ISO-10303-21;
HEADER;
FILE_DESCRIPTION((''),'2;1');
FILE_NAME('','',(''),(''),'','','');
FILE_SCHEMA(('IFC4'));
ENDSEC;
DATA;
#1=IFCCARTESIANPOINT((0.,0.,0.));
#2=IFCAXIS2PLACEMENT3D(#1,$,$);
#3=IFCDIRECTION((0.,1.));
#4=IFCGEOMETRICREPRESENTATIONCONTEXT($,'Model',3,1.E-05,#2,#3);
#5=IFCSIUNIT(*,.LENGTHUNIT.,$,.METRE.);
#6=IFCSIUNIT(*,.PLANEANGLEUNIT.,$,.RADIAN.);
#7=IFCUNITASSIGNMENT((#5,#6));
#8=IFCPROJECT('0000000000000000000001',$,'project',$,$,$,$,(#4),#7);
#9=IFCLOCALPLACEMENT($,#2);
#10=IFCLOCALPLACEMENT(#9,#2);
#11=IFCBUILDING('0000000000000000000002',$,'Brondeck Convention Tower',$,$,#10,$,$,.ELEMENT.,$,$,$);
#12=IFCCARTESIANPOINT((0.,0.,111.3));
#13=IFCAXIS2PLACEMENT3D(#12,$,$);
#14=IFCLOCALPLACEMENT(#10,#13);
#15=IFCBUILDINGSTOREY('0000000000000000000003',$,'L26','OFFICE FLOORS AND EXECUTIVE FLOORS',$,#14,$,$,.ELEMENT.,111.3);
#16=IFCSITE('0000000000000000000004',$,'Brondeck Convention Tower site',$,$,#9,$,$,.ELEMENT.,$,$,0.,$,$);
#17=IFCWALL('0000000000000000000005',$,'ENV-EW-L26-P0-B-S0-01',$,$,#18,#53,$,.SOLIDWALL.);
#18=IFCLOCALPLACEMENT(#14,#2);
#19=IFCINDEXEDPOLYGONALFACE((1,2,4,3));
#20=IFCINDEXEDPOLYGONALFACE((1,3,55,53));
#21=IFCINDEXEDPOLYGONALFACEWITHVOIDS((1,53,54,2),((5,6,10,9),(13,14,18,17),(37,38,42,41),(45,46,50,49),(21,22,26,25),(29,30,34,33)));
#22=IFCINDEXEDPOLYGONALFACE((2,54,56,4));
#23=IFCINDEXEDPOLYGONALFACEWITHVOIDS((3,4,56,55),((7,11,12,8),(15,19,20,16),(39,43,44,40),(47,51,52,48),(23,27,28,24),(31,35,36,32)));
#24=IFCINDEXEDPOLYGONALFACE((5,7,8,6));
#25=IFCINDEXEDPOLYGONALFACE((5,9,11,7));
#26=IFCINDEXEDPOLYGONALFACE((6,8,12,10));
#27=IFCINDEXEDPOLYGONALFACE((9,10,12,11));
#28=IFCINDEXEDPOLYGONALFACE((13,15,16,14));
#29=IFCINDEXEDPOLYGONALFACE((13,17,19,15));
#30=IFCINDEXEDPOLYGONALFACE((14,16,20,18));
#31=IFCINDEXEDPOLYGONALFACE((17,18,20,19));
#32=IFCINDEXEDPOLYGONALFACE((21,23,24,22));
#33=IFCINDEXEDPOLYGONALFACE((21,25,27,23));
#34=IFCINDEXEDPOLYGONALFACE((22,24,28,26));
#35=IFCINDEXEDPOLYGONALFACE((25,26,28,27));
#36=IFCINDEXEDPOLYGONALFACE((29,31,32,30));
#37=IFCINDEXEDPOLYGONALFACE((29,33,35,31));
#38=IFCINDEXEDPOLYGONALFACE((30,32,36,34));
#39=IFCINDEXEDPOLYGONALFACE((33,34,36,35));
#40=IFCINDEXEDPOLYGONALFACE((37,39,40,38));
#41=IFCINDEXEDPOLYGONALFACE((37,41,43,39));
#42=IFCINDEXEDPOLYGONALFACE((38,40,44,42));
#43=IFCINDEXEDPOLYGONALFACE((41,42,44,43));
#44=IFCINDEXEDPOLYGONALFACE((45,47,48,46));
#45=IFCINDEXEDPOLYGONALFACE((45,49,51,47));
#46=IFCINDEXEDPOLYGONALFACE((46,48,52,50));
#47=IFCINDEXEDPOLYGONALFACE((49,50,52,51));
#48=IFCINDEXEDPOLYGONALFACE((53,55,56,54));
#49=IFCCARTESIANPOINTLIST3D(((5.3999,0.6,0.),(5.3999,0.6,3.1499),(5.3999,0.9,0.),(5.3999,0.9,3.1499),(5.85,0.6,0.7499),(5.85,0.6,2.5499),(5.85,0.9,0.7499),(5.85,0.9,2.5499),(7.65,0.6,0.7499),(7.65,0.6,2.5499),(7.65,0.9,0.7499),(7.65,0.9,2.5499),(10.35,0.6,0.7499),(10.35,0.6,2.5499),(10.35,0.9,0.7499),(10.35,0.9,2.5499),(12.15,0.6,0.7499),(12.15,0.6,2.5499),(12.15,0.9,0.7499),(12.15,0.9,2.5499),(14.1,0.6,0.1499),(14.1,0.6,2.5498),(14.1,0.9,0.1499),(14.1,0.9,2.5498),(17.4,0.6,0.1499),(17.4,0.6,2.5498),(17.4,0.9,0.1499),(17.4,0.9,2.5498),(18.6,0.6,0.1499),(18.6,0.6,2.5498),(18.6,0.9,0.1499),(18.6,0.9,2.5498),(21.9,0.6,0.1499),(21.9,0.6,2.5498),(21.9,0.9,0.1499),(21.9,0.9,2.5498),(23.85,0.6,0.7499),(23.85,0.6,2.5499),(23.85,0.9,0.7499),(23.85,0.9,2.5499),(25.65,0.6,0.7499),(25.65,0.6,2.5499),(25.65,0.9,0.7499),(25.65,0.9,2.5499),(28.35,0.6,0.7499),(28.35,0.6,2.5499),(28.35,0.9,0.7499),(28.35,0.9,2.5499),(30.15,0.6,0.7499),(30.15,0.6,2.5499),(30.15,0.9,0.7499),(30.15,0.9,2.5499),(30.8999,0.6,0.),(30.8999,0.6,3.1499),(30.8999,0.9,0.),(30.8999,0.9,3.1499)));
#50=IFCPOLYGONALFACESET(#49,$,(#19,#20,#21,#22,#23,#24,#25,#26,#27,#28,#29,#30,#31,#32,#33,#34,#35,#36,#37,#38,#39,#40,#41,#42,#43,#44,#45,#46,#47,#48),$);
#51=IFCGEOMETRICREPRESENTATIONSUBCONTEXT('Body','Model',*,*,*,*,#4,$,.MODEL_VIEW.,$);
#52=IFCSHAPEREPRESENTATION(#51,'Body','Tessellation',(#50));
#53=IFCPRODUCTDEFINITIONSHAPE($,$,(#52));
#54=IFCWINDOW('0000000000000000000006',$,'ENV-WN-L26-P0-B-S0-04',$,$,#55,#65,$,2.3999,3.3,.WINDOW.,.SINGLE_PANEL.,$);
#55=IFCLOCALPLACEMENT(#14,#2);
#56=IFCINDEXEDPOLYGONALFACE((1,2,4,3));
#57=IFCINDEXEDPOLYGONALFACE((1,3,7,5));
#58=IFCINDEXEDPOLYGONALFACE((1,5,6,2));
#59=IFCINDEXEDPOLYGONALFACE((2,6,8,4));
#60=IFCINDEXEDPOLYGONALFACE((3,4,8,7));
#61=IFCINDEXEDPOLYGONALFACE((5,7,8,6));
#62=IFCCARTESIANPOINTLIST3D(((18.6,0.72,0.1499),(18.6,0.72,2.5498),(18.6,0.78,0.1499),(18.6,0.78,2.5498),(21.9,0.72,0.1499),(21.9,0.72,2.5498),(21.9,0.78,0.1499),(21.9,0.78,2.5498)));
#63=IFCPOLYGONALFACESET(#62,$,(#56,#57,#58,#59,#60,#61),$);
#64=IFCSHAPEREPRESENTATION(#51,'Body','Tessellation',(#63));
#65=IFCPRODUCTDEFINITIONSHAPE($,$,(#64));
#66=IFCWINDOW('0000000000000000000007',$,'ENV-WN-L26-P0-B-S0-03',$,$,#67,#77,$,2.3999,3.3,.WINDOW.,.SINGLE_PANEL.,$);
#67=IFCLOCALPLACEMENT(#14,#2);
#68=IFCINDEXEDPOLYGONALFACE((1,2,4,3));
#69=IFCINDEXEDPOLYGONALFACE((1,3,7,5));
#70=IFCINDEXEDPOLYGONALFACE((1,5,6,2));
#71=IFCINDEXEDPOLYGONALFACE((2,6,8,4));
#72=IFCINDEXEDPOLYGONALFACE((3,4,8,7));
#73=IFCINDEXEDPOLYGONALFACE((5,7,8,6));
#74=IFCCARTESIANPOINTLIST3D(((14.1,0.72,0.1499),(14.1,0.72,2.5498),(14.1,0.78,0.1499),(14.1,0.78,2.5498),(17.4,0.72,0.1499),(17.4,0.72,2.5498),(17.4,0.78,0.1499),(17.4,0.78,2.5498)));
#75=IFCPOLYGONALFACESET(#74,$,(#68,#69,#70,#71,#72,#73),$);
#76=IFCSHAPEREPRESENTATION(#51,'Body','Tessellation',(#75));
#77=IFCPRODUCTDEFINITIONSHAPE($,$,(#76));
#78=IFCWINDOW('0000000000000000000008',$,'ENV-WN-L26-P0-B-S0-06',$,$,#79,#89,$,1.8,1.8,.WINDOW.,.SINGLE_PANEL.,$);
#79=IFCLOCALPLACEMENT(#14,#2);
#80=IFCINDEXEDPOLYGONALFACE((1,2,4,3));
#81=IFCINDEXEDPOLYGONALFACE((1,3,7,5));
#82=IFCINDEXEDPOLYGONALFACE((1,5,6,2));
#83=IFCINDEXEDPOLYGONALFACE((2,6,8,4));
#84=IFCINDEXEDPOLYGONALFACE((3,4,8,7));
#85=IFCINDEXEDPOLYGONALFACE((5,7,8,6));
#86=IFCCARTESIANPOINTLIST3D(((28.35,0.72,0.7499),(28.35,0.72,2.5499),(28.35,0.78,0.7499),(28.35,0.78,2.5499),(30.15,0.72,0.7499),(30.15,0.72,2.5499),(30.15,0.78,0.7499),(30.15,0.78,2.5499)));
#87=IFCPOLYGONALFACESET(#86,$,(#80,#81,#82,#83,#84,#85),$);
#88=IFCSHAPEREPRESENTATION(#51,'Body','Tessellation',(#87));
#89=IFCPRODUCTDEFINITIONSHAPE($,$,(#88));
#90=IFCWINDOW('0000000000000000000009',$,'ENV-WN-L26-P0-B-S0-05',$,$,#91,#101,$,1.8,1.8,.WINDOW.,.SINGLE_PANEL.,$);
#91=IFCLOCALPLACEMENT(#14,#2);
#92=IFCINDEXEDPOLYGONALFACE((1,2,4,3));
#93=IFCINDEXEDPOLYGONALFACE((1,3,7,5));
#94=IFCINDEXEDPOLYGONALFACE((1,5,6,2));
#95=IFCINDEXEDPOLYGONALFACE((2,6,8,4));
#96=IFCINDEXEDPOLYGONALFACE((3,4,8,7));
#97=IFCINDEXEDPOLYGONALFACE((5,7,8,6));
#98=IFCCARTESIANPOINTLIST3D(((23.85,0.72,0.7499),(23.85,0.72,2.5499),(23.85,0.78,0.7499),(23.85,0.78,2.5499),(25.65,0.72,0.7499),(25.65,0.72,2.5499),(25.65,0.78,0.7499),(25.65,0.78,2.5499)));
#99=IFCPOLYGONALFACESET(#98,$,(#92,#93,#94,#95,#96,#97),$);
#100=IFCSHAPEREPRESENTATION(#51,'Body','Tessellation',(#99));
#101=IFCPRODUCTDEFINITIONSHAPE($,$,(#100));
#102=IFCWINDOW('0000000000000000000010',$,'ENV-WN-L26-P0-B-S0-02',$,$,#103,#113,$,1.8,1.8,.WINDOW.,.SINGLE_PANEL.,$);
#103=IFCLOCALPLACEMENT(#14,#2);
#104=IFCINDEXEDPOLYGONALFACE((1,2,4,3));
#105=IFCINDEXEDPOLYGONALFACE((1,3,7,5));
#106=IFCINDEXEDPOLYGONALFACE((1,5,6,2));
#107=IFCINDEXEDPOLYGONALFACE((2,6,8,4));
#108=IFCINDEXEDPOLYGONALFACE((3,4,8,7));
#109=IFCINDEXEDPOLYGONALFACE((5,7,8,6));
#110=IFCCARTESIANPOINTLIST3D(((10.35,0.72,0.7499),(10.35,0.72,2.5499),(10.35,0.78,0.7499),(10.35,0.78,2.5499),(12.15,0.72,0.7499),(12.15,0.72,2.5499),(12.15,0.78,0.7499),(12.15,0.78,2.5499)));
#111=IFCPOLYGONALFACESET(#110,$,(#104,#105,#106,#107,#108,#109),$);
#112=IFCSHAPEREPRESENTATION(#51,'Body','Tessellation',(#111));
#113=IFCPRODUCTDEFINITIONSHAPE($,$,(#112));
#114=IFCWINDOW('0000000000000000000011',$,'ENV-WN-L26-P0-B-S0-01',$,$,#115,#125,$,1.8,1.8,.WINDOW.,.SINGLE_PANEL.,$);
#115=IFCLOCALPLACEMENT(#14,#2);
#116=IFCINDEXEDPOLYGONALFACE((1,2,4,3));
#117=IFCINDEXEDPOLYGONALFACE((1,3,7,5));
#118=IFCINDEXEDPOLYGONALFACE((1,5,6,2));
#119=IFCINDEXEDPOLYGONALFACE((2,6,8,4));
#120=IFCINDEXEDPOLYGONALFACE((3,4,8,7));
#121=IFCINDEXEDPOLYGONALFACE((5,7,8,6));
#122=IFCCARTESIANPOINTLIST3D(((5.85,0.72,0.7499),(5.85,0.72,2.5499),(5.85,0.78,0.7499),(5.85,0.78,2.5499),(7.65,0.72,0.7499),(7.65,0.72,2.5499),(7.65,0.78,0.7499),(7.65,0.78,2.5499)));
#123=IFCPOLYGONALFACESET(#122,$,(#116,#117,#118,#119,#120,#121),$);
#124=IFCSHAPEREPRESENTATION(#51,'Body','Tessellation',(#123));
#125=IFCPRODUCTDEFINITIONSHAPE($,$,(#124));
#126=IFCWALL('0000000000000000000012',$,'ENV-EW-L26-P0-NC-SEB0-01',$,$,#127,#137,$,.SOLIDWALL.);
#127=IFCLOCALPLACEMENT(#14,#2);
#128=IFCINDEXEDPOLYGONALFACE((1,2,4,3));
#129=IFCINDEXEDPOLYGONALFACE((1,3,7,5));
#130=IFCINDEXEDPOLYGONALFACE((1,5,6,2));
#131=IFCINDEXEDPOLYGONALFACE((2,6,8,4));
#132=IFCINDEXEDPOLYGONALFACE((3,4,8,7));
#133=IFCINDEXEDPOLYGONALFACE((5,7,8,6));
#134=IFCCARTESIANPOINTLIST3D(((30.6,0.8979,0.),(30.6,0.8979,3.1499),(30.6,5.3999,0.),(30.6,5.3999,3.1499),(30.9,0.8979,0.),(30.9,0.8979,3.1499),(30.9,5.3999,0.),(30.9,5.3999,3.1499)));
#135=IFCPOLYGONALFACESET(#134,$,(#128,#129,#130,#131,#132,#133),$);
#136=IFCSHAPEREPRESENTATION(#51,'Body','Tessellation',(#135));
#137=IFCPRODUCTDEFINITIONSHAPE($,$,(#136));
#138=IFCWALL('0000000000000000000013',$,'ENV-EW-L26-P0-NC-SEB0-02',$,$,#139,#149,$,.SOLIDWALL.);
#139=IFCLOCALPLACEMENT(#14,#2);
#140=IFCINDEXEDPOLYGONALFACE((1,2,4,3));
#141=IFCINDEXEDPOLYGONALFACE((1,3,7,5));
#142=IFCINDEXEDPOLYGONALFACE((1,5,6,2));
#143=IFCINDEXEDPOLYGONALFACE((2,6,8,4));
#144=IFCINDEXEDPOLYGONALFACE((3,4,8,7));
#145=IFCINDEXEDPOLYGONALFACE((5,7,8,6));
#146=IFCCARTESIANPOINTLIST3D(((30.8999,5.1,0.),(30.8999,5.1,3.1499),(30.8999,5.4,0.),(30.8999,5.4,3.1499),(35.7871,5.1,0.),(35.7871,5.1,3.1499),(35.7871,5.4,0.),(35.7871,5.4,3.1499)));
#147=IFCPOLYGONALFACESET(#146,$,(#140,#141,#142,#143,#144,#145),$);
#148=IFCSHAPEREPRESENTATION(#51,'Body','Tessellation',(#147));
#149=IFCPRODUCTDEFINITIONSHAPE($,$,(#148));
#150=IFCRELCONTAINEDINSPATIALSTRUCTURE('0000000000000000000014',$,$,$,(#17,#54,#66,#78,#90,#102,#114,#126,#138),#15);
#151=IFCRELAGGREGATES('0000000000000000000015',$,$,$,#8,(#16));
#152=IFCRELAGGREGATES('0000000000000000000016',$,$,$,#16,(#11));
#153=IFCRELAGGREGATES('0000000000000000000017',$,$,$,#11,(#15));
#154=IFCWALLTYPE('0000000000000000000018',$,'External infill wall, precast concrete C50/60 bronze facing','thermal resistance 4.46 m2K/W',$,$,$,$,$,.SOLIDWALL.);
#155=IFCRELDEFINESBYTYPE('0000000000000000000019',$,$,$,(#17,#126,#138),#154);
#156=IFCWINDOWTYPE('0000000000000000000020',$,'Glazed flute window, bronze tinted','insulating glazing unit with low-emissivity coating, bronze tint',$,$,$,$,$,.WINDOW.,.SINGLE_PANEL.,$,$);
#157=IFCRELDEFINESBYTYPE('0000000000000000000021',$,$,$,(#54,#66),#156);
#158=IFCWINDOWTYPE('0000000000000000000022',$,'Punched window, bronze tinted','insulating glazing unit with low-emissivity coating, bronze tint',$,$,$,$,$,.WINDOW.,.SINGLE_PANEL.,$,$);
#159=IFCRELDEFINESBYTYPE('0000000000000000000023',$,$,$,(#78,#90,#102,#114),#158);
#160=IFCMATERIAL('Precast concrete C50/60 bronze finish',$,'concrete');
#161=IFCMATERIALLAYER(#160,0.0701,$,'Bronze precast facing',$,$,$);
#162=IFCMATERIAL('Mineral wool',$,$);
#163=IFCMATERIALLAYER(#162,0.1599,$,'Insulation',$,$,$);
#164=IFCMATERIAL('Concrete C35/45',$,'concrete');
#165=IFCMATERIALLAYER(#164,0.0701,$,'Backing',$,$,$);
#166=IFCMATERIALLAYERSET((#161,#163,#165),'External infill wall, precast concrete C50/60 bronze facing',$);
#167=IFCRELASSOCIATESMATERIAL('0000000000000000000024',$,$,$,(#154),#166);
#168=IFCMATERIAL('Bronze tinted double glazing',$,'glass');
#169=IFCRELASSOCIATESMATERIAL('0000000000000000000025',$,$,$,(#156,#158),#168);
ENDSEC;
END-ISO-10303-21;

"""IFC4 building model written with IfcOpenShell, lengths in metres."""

from ifc_helpers import new_model, si_unit, direction, frame, frame_2d, origin, place, context, subcontext, project, spatial, rectangle, extrude, material, layer, layer_set, type_object, element, fill, save


model = new_model("IFC4")

# Units and contexts
model_context = context("Model", 3, precision=1e-05, world=origin(), true_north=direction((0.0, 1.0)))
body_context = subcontext(model_context, "Body", "Model", "MODEL_VIEW")
ifc_project = project(units=[si_unit("LENGTHUNIT", "METRE"), si_unit("PLANEANGLEUNIT", "RADIAN")], contexts=[model_context])

# Site, building, storey
site_placement = place(None, origin())
site = spatial("IfcSite", under=ifc_project, at=site_placement, Name="Brondeck Convention Tower site", CompositionType="ELEMENT", RefElevation=0.0)
building_placement = place(site_placement, origin())
building = spatial("IfcBuilding", under=site, at=building_placement, Name="Brondeck Convention Tower", CompositionType="ELEMENT")
storey_placement = place(building_placement, frame((0.0, 0.0, 111.3)))
storey = spatial("IfcBuildingStorey", under=building, at=storey_placement, Name="L26", Description="OFFICE FLOORS AND EXECUTIVE FLOORS", CompositionType="ELEMENT", Elevation=111.3)

# Wall, openings, windows
ifc_material_1 = material(Name="Precast concrete C50/60 bronze finish", Category="concrete")
ifc_layer_1 = layer(ifc_material_1, 0.0701, Name="Bronze precast facing")
ifc_material_2 = material(Name="Mineral wool")
ifc_layer_2 = layer(ifc_material_2, 0.1599, Name="Insulation")
ifc_material_3 = material(Name="Concrete C35/45", Category="concrete")
ifc_layer_3 = layer(ifc_material_3, 0.0701, Name="Backing")
ifc_layer_set = layer_set([ifc_layer_1, ifc_layer_2, ifc_layer_3], Name="External infill wall, precast concrete C50/60 bronze facing")
wall_type = type_object("IfcWallType", Name="External infill wall, precast concrete C50/60 bronze facing", Description="thermal resistance 4.46 m2K/W", PredefinedType="SOLIDWALL", material=ifc_layer_set)
wall_1_placement = place(storey_placement, frame((30.8999, 0.75, 0.0), z_axis=(0.0, 0.0, 1.0), x_axis=(-1.0, 0.0, 0.0)))
wall_1 = element("IfcWall", 1, at=wall_1_placement, inside=storey, type_object=wall_type, Name="ENV-EW-L26-P0-B-S0-01", PredefinedType="SOLIDWALL", context=body_context, shape_type="SweptSolid", body=[
    extrude(rectangle(XDim=25.5, YDim=0.3, at=frame_2d((12.75, 0.0))), origin(), (0.0, 0.0, 1.0), 3.1499),
])
opening_1_placement = place(wall_1_placement, frame((0.75, 0.0, 0.75)))
opening_1 = element("IfcOpeningElement", 2, at=opening_1_placement, cuts=wall_1, PredefinedType="OPENING", context=body_context, shape_type="SweptSolid", body=[
    extrude(rectangle(XDim=1.8, YDim=1.8, at=frame_2d((0.8999, 0.8999))), frame((0.0, 0.1599, 0.0), z_axis=(0.0, -1.0, 0.0), x_axis=(1.0, 0.0, 0.0)), (0.0, 0.0, 1.0), 0.3201),
])
opening_2_placement = place(wall_1_placement, frame((5.25, 0.0, 0.75)))
opening_2 = element("IfcOpeningElement", 3, at=opening_2_placement, cuts=wall_1, PredefinedType="OPENING", context=body_context, shape_type="SweptSolid", body=[
    extrude(rectangle(XDim=1.8, YDim=1.8, at=frame_2d((0.8999, 0.8999))), frame((0.0, 0.1599, 0.0), z_axis=(0.0, -1.0, 0.0), x_axis=(1.0, 0.0, 0.0)), (0.0, 0.0, 1.0), 0.3201),
])
opening_3_placement = place(wall_1_placement, frame((9.0, 0.0, 0.1499)))
opening_3 = element("IfcOpeningElement", 4, at=opening_3_placement, cuts=wall_1, PredefinedType="OPENING", context=body_context, shape_type="SweptSolid", body=[
    extrude(rectangle(XDim=3.3, YDim=2.3999, at=frame_2d((1.6499, 1.2))), frame((0.0, 0.1599, 0.0), z_axis=(0.0, -1.0, 0.0), x_axis=(1.0, 0.0, 0.0)), (0.0, 0.0, 1.0), 0.3201),
])
opening_4_placement = place(wall_1_placement, frame((13.5, 0.0, 0.1499)))
opening_4 = element("IfcOpeningElement", 5, at=opening_4_placement, cuts=wall_1, PredefinedType="OPENING", context=body_context, shape_type="SweptSolid", body=[
    extrude(rectangle(XDim=3.3, YDim=2.3999, at=frame_2d((1.6499, 1.2))), frame((0.0, 0.1599, 0.0), z_axis=(0.0, -1.0, 0.0), x_axis=(1.0, 0.0, 0.0)), (0.0, 0.0, 1.0), 0.3201),
])
opening_5_placement = place(wall_1_placement, frame((18.75, 0.0, 0.75)))
opening_5 = element("IfcOpeningElement", 6, at=opening_5_placement, cuts=wall_1, PredefinedType="OPENING", context=body_context, shape_type="SweptSolid", body=[
    extrude(rectangle(XDim=1.8, YDim=1.8, at=frame_2d((0.8999, 0.8999))), frame((0.0, 0.1599, 0.0), z_axis=(0.0, -1.0, 0.0), x_axis=(1.0, 0.0, 0.0)), (0.0, 0.0, 1.0), 0.3201),
])
opening_6_placement = place(wall_1_placement, frame((23.25, 0.0, 0.75)))
opening_6 = element("IfcOpeningElement", 7, at=opening_6_placement, cuts=wall_1, PredefinedType="OPENING", context=body_context, shape_type="SweptSolid", body=[
    extrude(rectangle(XDim=1.8, YDim=1.8, at=frame_2d((0.8999, 0.8999))), frame((0.0, 0.1599, 0.0), z_axis=(0.0, -1.0, 0.0), x_axis=(1.0, 0.0, 0.0)), (0.0, 0.0, 1.0), 0.3201),
])
ifc_material_4 = material(Name="Bronze tinted double glazing", Category="glass")
window_type_1 = type_object("IfcWindowType", Name="Glazed flute window, bronze tinted", Description="insulating glazing unit with low-emissivity coating, bronze tint", PartitioningType="SINGLE_PANEL", PredefinedType="WINDOW", material=ifc_material_4)
window_1_placement = place(opening_3_placement, origin())
window_1 = element("IfcWindow", 8, at=window_1_placement, inside=storey, type_object=window_type_1, Name="ENV-WN-L26-P0-B-S0-04", OverallHeight=2.3999, OverallWidth=3.3, PartitioningType="SINGLE_PANEL", PredefinedType="WINDOW", context=body_context, shape_type="SweptSolid", body=[
    extrude(rectangle(XDim=3.3, YDim=2.3999, at=frame_2d((1.6499, 1.2))), frame((0.0, 0.03, 0.0), z_axis=(0.0, -1.0, 0.0), x_axis=(1.0, 0.0, 0.0)), (0.0, 0.0, 1.0), 0.0601),
])
fill(opening_3, window_1)
window_2_placement = place(opening_4_placement, origin())
window_2 = element("IfcWindow", 9, at=window_2_placement, inside=storey, type_object=window_type_1, Name="ENV-WN-L26-P0-B-S0-03", OverallHeight=2.3999, OverallWidth=3.3, PartitioningType="SINGLE_PANEL", PredefinedType="WINDOW", context=body_context, shape_type="SweptSolid", body=[
    extrude(rectangle(XDim=3.3, YDim=2.3999, at=frame_2d((1.6499, 1.2))), frame((0.0, 0.03, 0.0), z_axis=(0.0, -1.0, 0.0), x_axis=(1.0, 0.0, 0.0)), (0.0, 0.0, 1.0), 0.0601),
])
fill(opening_4, window_2)
window_type_2 = type_object("IfcWindowType", Name="Punched window, bronze tinted", Description="insulating glazing unit with low-emissivity coating, bronze tint", PartitioningType="SINGLE_PANEL", PredefinedType="WINDOW", material=ifc_material_4)
window_3_placement = place(opening_1_placement, origin())
window_3 = element("IfcWindow", 10, at=window_3_placement, inside=storey, type_object=window_type_2, Name="ENV-WN-L26-P0-B-S0-06", OverallHeight=1.8, OverallWidth=1.8, PartitioningType="SINGLE_PANEL", PredefinedType="WINDOW", context=body_context, shape_type="SweptSolid", body=[
    extrude(rectangle(XDim=1.8, YDim=1.8, at=frame_2d((0.8999, 0.8999))), frame((0.0, 0.03, 0.0), z_axis=(0.0, -1.0, 0.0), x_axis=(1.0, 0.0, 0.0)), (0.0, 0.0, 1.0), 0.0601),
])
fill(opening_1, window_3)
window_4_placement = place(opening_2_placement, origin())
window_4 = element("IfcWindow", 11, at=window_4_placement, inside=storey, type_object=window_type_2, Name="ENV-WN-L26-P0-B-S0-05", OverallHeight=1.8, OverallWidth=1.8, PartitioningType="SINGLE_PANEL", PredefinedType="WINDOW", context=body_context, shape_type="SweptSolid", body=[
    extrude(rectangle(XDim=1.8, YDim=1.8, at=frame_2d((0.8999, 0.8999))), frame((0.0, 0.03, 0.0), z_axis=(0.0, -1.0, 0.0), x_axis=(1.0, 0.0, 0.0)), (0.0, 0.0, 1.0), 0.0601),
])
fill(opening_2, window_4)
window_5_placement = place(opening_5_placement, origin())
window_5 = element("IfcWindow", 12, at=window_5_placement, inside=storey, type_object=window_type_2, Name="ENV-WN-L26-P0-B-S0-02", OverallHeight=1.8, OverallWidth=1.8, PartitioningType="SINGLE_PANEL", PredefinedType="WINDOW", context=body_context, shape_type="SweptSolid", body=[
    extrude(rectangle(XDim=1.8, YDim=1.8, at=frame_2d((0.8999, 0.8999))), frame((0.0, 0.03, 0.0), z_axis=(0.0, -1.0, 0.0), x_axis=(1.0, 0.0, 0.0)), (0.0, 0.0, 1.0), 0.0601),
])
fill(opening_5, window_5)
window_6_placement = place(opening_6_placement, origin())
window_6 = element("IfcWindow", 13, at=window_6_placement, inside=storey, type_object=window_type_2, Name="ENV-WN-L26-P0-B-S0-01", OverallHeight=1.8, OverallWidth=1.8, PartitioningType="SINGLE_PANEL", PredefinedType="WINDOW", context=body_context, shape_type="SweptSolid", body=[
    extrude(rectangle(XDim=1.8, YDim=1.8, at=frame_2d((0.8999, 0.8999))), frame((0.0, 0.03, 0.0), z_axis=(0.0, -1.0, 0.0), x_axis=(1.0, 0.0, 0.0)), (0.0, 0.0, 1.0), 0.0601),
])
fill(opening_6, window_6)

# Walls
wall_2_placement = place(storey_placement, frame((30.75, 5.3999, 0.0), z_axis=(0.0, 0.0, 1.0), x_axis=(0.0, -1.0, 0.0)))
element("IfcWall", 14, at=wall_2_placement, inside=storey, type_object=wall_type, Name="ENV-EW-L26-P0-NC-SEB0-01", PredefinedType="SOLIDWALL", context=body_context, shape_type="SweptSolid", body=[
    extrude(rectangle(XDim=4.502, YDim=0.3, at=frame_2d((2.251, 0.0))), origin(), (0.0, 0.0, 1.0), 3.1499),
])
wall_3_placement = place(storey_placement, frame((35.7871, 5.25, 0.0), z_axis=(0.0, 0.0, 1.0), x_axis=(-1.0, 0.0, 0.0)))
element("IfcWall", 15, at=wall_3_placement, inside=storey, type_object=wall_type, Name="ENV-EW-L26-P0-NC-SEB0-02", PredefinedType="SOLIDWALL", context=body_context, shape_type="SweptSolid", body=[
    extrude(rectangle(XDim=4.8872, YDim=0.3, at=frame_2d((2.4436, 0.0))), origin(), (0.0, 0.0, 1.0), 3.1499),
])

save(model, "model.ifc")
